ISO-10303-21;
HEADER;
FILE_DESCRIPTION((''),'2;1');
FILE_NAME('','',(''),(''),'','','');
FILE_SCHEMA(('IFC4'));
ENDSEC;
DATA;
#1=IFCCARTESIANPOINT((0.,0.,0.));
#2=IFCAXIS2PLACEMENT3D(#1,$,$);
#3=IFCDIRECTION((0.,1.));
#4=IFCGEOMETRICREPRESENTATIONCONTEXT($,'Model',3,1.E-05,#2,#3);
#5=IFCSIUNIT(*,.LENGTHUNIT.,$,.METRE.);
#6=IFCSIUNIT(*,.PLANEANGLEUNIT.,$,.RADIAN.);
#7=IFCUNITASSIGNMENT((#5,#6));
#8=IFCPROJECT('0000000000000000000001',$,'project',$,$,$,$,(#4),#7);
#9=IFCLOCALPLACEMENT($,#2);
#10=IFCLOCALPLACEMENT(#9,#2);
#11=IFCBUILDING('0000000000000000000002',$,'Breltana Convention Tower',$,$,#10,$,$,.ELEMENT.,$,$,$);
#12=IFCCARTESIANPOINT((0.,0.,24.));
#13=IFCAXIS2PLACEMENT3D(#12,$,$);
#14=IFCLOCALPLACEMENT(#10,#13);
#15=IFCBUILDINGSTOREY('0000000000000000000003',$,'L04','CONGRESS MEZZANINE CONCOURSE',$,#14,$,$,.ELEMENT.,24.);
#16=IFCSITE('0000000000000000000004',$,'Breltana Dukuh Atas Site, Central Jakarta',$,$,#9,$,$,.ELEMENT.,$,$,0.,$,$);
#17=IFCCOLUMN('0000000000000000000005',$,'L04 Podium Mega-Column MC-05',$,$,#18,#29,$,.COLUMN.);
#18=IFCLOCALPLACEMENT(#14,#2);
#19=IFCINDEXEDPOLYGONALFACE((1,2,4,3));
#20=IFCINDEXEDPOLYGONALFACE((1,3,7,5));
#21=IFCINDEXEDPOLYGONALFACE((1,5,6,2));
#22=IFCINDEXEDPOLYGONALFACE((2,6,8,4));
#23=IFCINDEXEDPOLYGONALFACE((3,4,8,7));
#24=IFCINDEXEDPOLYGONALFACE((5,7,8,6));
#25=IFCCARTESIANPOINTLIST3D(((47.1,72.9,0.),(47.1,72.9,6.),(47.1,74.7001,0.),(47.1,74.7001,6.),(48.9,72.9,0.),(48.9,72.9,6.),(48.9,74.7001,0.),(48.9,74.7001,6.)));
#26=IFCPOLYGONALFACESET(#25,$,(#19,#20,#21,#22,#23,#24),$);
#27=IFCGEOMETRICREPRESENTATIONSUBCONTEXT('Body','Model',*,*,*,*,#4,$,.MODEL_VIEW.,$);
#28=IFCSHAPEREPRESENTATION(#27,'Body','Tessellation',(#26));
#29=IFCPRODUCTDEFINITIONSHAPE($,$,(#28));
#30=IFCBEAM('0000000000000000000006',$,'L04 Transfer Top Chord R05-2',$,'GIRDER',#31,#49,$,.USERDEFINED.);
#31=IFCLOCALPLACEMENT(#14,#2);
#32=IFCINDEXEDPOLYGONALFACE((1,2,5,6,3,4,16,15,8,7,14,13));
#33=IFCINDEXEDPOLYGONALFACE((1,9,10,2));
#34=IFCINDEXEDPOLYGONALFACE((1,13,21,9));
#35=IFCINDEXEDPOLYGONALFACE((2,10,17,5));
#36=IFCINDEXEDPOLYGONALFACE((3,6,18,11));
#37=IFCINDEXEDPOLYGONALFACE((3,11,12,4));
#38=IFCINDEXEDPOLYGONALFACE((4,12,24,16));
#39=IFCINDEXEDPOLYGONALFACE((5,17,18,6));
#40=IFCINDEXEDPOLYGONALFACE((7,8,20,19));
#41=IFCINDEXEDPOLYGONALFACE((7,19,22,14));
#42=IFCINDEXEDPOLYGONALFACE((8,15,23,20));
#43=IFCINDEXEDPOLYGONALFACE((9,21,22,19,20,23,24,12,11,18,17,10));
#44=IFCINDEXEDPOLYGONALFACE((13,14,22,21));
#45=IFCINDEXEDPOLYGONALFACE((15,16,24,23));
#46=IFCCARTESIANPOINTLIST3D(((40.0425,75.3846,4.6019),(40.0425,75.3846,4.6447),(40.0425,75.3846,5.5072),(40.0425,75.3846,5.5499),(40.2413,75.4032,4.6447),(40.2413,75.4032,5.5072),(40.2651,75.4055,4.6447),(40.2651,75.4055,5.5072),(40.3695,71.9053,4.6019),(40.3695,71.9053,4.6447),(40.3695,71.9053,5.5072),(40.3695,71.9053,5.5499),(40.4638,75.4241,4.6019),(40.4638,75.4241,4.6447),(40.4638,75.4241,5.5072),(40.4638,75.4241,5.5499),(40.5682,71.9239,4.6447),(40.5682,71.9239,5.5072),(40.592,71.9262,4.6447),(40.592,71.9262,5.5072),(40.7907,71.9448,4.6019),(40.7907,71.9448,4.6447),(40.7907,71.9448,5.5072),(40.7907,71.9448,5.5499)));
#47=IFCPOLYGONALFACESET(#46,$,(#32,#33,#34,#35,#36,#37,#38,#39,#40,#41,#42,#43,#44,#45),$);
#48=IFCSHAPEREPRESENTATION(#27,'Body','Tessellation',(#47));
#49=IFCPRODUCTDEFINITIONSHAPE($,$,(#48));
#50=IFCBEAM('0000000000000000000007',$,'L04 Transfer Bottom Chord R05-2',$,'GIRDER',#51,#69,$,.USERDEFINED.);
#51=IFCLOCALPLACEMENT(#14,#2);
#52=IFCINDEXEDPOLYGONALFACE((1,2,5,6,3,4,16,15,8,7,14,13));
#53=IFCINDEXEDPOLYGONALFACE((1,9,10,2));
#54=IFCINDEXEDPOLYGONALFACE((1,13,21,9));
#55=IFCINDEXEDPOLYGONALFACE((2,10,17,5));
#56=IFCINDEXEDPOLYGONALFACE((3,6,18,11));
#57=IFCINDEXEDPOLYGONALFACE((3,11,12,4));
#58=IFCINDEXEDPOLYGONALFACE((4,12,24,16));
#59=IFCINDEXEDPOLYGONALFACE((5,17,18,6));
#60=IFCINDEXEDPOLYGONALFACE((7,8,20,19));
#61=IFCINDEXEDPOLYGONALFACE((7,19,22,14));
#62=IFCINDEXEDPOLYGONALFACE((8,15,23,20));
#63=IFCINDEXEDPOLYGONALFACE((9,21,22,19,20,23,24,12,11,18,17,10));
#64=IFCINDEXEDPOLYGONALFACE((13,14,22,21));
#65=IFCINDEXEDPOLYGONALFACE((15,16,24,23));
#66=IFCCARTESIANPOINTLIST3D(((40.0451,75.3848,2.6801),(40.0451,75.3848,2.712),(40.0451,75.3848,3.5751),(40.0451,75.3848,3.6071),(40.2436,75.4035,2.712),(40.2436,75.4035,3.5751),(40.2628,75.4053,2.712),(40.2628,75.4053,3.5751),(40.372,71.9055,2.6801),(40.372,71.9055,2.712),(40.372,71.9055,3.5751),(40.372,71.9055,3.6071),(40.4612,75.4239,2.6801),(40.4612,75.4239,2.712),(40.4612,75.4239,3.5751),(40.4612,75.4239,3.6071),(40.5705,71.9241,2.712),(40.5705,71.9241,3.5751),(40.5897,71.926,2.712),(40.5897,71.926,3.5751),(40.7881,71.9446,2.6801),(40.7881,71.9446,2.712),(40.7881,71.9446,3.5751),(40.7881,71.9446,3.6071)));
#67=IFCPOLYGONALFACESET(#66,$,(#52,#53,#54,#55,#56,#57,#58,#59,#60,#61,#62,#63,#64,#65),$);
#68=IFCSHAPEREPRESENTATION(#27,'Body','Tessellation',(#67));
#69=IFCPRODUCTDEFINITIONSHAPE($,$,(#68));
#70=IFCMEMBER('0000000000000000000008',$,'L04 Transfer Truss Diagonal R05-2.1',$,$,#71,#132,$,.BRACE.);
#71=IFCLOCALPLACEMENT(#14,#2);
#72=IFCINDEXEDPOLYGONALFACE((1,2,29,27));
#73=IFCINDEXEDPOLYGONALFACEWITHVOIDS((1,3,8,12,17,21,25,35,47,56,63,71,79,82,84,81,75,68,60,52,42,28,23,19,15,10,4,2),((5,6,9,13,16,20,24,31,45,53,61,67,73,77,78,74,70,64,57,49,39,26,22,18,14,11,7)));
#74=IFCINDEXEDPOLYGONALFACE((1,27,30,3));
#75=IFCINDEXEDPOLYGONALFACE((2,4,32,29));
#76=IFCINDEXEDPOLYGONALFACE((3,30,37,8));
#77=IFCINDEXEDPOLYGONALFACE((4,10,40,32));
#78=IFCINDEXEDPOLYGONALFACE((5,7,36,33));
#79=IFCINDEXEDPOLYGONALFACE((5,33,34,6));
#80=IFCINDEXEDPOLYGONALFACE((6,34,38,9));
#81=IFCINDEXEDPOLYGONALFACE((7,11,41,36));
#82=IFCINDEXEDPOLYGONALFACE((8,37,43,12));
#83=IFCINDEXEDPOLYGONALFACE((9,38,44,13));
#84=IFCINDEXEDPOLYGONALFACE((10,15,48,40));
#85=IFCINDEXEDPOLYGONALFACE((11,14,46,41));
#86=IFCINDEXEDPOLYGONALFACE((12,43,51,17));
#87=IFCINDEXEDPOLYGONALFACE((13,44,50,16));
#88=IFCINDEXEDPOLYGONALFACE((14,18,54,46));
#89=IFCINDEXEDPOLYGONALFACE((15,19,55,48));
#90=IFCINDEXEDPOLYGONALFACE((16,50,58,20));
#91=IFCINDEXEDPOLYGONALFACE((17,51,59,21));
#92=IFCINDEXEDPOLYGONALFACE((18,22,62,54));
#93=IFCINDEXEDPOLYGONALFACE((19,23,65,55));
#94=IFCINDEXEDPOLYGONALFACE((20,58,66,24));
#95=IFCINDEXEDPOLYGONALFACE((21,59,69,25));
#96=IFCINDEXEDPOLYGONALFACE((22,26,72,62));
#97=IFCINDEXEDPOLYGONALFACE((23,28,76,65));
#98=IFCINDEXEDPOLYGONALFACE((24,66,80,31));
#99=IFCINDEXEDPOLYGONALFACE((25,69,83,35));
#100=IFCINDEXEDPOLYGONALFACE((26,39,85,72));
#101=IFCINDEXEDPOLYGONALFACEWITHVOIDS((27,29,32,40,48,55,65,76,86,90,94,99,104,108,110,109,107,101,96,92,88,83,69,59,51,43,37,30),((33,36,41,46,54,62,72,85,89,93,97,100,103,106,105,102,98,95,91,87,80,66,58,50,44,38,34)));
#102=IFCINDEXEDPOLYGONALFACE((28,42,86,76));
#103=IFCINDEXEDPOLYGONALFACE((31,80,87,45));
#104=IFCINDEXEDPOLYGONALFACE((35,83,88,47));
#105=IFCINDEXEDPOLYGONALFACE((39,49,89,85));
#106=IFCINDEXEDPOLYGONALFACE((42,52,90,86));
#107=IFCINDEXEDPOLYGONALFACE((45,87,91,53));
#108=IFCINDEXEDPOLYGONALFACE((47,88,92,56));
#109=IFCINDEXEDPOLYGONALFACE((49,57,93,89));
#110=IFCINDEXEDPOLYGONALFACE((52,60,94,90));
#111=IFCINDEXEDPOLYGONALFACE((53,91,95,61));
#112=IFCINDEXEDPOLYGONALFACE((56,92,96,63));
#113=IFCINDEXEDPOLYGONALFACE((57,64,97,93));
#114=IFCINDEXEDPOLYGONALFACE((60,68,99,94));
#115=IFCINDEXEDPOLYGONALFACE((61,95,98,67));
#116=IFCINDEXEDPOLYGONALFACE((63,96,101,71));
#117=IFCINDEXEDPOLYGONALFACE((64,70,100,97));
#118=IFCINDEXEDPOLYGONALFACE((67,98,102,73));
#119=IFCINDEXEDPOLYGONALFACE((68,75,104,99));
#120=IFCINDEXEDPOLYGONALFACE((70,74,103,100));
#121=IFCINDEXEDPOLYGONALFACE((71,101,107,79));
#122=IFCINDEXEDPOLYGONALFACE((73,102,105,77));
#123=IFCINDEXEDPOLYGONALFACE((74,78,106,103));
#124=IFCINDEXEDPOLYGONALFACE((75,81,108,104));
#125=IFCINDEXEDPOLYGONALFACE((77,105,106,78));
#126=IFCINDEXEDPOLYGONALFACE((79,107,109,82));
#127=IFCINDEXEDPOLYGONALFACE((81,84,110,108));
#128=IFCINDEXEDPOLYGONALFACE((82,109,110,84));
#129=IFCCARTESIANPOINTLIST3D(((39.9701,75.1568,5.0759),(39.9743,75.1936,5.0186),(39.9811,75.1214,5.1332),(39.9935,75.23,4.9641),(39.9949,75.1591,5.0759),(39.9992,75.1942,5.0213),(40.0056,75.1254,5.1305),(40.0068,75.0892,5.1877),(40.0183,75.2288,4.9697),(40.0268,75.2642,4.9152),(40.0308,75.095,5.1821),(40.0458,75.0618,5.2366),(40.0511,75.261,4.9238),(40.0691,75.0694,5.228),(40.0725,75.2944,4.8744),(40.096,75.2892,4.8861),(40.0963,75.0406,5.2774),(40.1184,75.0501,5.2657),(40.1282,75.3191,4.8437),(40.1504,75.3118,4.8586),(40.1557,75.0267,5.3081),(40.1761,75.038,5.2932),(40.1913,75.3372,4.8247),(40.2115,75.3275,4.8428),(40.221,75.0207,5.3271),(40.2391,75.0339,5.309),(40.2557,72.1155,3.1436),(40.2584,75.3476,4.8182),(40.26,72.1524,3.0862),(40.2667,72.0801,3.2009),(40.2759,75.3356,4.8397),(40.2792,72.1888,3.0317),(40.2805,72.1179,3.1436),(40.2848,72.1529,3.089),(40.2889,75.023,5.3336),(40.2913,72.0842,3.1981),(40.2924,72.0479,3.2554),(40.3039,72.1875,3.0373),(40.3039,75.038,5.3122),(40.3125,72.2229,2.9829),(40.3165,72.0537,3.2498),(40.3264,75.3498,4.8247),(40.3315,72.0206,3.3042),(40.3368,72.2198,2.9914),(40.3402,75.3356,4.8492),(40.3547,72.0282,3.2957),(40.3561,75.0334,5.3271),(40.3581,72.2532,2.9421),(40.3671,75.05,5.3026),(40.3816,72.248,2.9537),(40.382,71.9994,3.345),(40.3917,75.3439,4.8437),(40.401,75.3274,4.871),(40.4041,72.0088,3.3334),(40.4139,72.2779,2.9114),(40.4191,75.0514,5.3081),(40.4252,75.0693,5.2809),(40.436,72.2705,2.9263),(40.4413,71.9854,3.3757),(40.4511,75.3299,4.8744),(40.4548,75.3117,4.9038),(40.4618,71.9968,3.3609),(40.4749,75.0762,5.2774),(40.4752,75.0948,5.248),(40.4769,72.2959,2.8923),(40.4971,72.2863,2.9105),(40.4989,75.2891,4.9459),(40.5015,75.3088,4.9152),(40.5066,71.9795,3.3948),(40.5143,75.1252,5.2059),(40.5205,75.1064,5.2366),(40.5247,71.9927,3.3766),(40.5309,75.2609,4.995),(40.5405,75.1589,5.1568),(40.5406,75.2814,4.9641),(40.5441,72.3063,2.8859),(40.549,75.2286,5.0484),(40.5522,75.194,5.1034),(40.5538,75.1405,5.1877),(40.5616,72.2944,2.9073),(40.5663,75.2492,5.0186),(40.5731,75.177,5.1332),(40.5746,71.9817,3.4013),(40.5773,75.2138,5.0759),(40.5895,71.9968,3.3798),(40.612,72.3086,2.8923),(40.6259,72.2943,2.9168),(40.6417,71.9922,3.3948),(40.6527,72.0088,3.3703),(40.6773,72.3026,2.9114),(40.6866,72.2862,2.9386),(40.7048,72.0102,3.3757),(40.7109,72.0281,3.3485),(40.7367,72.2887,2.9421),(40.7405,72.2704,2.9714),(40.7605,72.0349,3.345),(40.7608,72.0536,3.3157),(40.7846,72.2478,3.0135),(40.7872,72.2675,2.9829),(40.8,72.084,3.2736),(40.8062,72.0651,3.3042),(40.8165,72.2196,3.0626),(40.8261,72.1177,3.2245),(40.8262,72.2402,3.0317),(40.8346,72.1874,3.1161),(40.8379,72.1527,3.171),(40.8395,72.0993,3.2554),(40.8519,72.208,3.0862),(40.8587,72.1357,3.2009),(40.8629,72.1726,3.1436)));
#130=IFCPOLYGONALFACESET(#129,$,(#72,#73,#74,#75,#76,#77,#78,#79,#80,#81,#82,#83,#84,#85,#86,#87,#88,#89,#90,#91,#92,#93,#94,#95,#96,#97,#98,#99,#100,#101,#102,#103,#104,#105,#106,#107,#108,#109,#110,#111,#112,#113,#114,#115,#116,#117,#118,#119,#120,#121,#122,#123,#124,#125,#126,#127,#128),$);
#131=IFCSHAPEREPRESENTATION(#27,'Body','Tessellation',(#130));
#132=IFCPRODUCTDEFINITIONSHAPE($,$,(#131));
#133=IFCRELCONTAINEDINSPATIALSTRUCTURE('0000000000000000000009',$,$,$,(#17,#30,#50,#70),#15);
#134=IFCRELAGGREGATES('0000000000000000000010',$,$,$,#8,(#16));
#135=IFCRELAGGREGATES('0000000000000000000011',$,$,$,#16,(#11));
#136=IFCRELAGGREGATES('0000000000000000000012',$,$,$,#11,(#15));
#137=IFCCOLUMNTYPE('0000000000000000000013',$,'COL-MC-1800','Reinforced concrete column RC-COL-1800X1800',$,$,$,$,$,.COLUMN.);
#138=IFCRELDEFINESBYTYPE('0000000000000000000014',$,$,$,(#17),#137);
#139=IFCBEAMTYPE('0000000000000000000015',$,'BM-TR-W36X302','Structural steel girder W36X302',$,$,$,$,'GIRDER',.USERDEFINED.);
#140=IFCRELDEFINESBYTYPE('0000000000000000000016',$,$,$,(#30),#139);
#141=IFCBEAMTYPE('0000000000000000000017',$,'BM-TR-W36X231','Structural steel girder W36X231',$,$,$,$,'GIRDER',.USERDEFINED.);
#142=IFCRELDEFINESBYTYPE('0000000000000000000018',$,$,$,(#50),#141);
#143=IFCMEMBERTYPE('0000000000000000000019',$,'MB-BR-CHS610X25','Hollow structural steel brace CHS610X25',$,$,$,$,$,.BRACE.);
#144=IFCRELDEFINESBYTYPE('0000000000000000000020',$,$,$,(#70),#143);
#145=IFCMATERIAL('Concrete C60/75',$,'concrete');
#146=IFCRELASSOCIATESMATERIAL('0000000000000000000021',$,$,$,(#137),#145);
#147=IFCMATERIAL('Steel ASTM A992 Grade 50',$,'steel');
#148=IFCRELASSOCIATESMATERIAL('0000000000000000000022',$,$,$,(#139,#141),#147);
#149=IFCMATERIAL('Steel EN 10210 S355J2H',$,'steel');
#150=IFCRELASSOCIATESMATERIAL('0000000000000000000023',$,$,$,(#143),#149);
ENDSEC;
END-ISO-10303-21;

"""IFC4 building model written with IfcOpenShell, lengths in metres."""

from ifc_helpers import new_model, si_unit, direction, frame, origin, origin_2d, place, context, subcontext, project, spatial, rectangle, hollow_circle, i_section, extrude, source, transform, mapped, material, material_profile, profile_set, type_object, type_shapes, element, save


model = new_model("IFC4")

# Units and contexts
model_context = context("Model", 3, precision=1e-05, world=origin(), true_north=direction((0.0, 1.0)))
body_context = subcontext(model_context, "Body", "Model", "MODEL_VIEW")
ifc_project = project(units=[si_unit("LENGTHUNIT", "METRE"), si_unit("PLANEANGLEUNIT", "RADIAN")], contexts=[model_context])

# Site, building, storey
site_placement = place(None, origin())
site = spatial("IfcSite", under=ifc_project, at=site_placement, Name="Breltana Dukuh Atas Site, Central Jakarta", CompositionType="ELEMENT", RefElevation=0.0)
building_placement = place(site_placement, origin())
building = spatial("IfcBuilding", under=site, at=building_placement, Name="Breltana Convention Tower", CompositionType="ELEMENT")
storey_placement = place(building_placement, frame((0.0, 0.0, 24.0)))
storey = spatial("IfcBuildingStorey", under=building, at=storey_placement, Name="L04", Description="CONGRESS MEZZANINE CONCOURSE", CompositionType="ELEMENT", Elevation=24.0)

# Column
ifc_material_1 = material(Name="Concrete C60/75", Category="concrete")
ifc_material_profile_1 = material_profile(ifc_material_1, rectangle(XDim=1.8, YDim=1.8, at=origin_2d()), Name="RC-COL-1800X1800")
ifc_profile_set_1 = profile_set([ifc_material_profile_1], Name="Concrete C60/75")
column_type = type_object("IfcColumnType", Name="COL-MC-1800", Description="Reinforced concrete column RC-COL-1800X1800", PredefinedType="COLUMN", material=ifc_profile_set_1)
shared_shape_1 = source(origin(), body_context, "Body", "SweptSolid", [
    extrude(rectangle(XDim=1.8, YDim=1.8, at=origin_2d()), origin(), (0.0, 0.0, 1.0), 6.0),
])
type_shapes(column_type, [shared_shape_1])
column_placement = place(storey_placement, frame((48.0, 73.8, 0.0), z_axis=(0.0, 0.0, 1.0), x_axis=(0.0, 1.0, 0.0)))
element("IfcColumn", 1, at=column_placement, inside=storey, type_object=column_type, Name="L04 Podium Mega-Column MC-05", PredefinedType="COLUMN", context=body_context, shape_type="MappedRepresentation", body=[
    mapped(shared_shape_1, transform((0.0, 0.0, 0.0), scale=1.0)),
])

# Beams
ifc_material_2 = material(Name="Steel ASTM A992 Grade 50", Category="steel")
ifc_material_profile_2 = material_profile(ifc_material_2, i_section(OverallWidth=0.4231, OverallDepth=0.948, WebThickness=0.0239, FlangeThickness=0.0427, at=origin_2d()), Name="W36X302")
ifc_profile_set_2 = profile_set([ifc_material_profile_2], Name="Steel ASTM A992 Grade 50")
beam_type_1 = type_object("IfcBeamType", Name="BM-TR-W36X302", Description="Structural steel girder W36X302", ElementType="GIRDER", PredefinedType="USERDEFINED", material=ifc_profile_set_2)
shared_shape_2 = source(origin(), body_context, "Body", "SweptSolid", [
    extrude(i_section(OverallWidth=0.4231, OverallDepth=0.948, WebThickness=0.0239, FlangeThickness=0.0427, at=origin_2d()), origin(), (0.0, 0.0, 1.0), 3.4946),
])
beam_1_placement = place(storey_placement, frame((40.5801, 71.925, 5.0759), z_axis=(-0.093546, 0.995615, 0.0), x_axis=(-0.995615, -0.093546, 0.0)))
element("IfcBeam", 2, at=beam_1_placement, inside=storey, type_object=beam_type_1, Name="L04 Transfer Top Chord R05-2", ObjectType="GIRDER", PredefinedType="USERDEFINED", context=body_context, shape_type="MappedRepresentation", body=[
    mapped(shared_shape_2, transform((0.0, 0.0, 0.0), scale=1.0)),
])
ifc_material_profile_3 = material_profile(ifc_material_2, i_section(OverallWidth=0.418, OverallDepth=0.927, WebThickness=0.0193, FlangeThickness=0.032, at=origin_2d()), Name="W36X231")
ifc_profile_set_3 = profile_set([ifc_material_profile_3], Name="Steel ASTM A992 Grade 50")
beam_type_2 = type_object("IfcBeamType", Name="BM-TR-W36X231", Description="Structural steel girder W36X231", ElementType="GIRDER", PredefinedType="USERDEFINED", material=ifc_profile_set_3)
shared_shape_3 = source(origin(), body_context, "Body", "SweptSolid", [
    extrude(i_section(OverallWidth=0.418, OverallDepth=0.927, WebThickness=0.0193, FlangeThickness=0.032, at=origin_2d()), origin(), (0.0, 0.0, 1.0), 3.4946),
])
beam_2_placement = place(storey_placement, frame((40.5801, 71.925, 3.1436), z_axis=(-0.093546, 0.995615, 0.0), x_axis=(-0.995615, -0.093546, 0.0)))
element("IfcBeam", 3, at=beam_2_placement, inside=storey, type_object=beam_type_2, Name="L04 Transfer Bottom Chord R05-2", ObjectType="GIRDER", PredefinedType="USERDEFINED", context=body_context, shape_type="MappedRepresentation", body=[
    mapped(shared_shape_3, transform((0.0, 0.0, 0.0), scale=1.0)),
])

# Member
ifc_material_3 = material(Name="Steel EN 10210 S355J2H", Category="steel")
ifc_material_profile_4 = material_profile(ifc_material_3, hollow_circle(Radius=0.3049, WallThickness=0.0249, at=origin_2d()), Name="CHS610X25")
ifc_profile_set_4 = profile_set([ifc_material_profile_4], Name="Steel EN 10210 S355J2H")
member_type = type_object("IfcMemberType", Name="MB-BR-CHS610X25", Description="Hollow structural steel brace CHS610X25", PredefinedType="BRACE", material=ifc_profile_set_4)
shared_shape_4 = source(origin(), body_context, "Body", "SweptSolid", [
    extrude(hollow_circle(Radius=0.3049, WallThickness=0.0249, at=origin_2d()), origin(), (0.0, 0.0, 1.0), 3.6145),
])
member_1_placement = place(storey_placement, frame((40.5593, 72.144, 3.1436), z_axis=(-0.079026, 0.841395, 0.534611), x_axis=(-0.995618, -0.093512, 0.0)))
element("IfcMember", 4, at=member_1_placement, inside=storey, type_object=member_type, Name="L04 Transfer Truss Diagonal R05-2.1", PredefinedType="BRACE", context=body_context, shape_type="MappedRepresentation", body=[
    mapped(shared_shape_4, transform((0.0, 0.0, 0.0), scale=1.0)),
])

save(model, "model.ifc")
